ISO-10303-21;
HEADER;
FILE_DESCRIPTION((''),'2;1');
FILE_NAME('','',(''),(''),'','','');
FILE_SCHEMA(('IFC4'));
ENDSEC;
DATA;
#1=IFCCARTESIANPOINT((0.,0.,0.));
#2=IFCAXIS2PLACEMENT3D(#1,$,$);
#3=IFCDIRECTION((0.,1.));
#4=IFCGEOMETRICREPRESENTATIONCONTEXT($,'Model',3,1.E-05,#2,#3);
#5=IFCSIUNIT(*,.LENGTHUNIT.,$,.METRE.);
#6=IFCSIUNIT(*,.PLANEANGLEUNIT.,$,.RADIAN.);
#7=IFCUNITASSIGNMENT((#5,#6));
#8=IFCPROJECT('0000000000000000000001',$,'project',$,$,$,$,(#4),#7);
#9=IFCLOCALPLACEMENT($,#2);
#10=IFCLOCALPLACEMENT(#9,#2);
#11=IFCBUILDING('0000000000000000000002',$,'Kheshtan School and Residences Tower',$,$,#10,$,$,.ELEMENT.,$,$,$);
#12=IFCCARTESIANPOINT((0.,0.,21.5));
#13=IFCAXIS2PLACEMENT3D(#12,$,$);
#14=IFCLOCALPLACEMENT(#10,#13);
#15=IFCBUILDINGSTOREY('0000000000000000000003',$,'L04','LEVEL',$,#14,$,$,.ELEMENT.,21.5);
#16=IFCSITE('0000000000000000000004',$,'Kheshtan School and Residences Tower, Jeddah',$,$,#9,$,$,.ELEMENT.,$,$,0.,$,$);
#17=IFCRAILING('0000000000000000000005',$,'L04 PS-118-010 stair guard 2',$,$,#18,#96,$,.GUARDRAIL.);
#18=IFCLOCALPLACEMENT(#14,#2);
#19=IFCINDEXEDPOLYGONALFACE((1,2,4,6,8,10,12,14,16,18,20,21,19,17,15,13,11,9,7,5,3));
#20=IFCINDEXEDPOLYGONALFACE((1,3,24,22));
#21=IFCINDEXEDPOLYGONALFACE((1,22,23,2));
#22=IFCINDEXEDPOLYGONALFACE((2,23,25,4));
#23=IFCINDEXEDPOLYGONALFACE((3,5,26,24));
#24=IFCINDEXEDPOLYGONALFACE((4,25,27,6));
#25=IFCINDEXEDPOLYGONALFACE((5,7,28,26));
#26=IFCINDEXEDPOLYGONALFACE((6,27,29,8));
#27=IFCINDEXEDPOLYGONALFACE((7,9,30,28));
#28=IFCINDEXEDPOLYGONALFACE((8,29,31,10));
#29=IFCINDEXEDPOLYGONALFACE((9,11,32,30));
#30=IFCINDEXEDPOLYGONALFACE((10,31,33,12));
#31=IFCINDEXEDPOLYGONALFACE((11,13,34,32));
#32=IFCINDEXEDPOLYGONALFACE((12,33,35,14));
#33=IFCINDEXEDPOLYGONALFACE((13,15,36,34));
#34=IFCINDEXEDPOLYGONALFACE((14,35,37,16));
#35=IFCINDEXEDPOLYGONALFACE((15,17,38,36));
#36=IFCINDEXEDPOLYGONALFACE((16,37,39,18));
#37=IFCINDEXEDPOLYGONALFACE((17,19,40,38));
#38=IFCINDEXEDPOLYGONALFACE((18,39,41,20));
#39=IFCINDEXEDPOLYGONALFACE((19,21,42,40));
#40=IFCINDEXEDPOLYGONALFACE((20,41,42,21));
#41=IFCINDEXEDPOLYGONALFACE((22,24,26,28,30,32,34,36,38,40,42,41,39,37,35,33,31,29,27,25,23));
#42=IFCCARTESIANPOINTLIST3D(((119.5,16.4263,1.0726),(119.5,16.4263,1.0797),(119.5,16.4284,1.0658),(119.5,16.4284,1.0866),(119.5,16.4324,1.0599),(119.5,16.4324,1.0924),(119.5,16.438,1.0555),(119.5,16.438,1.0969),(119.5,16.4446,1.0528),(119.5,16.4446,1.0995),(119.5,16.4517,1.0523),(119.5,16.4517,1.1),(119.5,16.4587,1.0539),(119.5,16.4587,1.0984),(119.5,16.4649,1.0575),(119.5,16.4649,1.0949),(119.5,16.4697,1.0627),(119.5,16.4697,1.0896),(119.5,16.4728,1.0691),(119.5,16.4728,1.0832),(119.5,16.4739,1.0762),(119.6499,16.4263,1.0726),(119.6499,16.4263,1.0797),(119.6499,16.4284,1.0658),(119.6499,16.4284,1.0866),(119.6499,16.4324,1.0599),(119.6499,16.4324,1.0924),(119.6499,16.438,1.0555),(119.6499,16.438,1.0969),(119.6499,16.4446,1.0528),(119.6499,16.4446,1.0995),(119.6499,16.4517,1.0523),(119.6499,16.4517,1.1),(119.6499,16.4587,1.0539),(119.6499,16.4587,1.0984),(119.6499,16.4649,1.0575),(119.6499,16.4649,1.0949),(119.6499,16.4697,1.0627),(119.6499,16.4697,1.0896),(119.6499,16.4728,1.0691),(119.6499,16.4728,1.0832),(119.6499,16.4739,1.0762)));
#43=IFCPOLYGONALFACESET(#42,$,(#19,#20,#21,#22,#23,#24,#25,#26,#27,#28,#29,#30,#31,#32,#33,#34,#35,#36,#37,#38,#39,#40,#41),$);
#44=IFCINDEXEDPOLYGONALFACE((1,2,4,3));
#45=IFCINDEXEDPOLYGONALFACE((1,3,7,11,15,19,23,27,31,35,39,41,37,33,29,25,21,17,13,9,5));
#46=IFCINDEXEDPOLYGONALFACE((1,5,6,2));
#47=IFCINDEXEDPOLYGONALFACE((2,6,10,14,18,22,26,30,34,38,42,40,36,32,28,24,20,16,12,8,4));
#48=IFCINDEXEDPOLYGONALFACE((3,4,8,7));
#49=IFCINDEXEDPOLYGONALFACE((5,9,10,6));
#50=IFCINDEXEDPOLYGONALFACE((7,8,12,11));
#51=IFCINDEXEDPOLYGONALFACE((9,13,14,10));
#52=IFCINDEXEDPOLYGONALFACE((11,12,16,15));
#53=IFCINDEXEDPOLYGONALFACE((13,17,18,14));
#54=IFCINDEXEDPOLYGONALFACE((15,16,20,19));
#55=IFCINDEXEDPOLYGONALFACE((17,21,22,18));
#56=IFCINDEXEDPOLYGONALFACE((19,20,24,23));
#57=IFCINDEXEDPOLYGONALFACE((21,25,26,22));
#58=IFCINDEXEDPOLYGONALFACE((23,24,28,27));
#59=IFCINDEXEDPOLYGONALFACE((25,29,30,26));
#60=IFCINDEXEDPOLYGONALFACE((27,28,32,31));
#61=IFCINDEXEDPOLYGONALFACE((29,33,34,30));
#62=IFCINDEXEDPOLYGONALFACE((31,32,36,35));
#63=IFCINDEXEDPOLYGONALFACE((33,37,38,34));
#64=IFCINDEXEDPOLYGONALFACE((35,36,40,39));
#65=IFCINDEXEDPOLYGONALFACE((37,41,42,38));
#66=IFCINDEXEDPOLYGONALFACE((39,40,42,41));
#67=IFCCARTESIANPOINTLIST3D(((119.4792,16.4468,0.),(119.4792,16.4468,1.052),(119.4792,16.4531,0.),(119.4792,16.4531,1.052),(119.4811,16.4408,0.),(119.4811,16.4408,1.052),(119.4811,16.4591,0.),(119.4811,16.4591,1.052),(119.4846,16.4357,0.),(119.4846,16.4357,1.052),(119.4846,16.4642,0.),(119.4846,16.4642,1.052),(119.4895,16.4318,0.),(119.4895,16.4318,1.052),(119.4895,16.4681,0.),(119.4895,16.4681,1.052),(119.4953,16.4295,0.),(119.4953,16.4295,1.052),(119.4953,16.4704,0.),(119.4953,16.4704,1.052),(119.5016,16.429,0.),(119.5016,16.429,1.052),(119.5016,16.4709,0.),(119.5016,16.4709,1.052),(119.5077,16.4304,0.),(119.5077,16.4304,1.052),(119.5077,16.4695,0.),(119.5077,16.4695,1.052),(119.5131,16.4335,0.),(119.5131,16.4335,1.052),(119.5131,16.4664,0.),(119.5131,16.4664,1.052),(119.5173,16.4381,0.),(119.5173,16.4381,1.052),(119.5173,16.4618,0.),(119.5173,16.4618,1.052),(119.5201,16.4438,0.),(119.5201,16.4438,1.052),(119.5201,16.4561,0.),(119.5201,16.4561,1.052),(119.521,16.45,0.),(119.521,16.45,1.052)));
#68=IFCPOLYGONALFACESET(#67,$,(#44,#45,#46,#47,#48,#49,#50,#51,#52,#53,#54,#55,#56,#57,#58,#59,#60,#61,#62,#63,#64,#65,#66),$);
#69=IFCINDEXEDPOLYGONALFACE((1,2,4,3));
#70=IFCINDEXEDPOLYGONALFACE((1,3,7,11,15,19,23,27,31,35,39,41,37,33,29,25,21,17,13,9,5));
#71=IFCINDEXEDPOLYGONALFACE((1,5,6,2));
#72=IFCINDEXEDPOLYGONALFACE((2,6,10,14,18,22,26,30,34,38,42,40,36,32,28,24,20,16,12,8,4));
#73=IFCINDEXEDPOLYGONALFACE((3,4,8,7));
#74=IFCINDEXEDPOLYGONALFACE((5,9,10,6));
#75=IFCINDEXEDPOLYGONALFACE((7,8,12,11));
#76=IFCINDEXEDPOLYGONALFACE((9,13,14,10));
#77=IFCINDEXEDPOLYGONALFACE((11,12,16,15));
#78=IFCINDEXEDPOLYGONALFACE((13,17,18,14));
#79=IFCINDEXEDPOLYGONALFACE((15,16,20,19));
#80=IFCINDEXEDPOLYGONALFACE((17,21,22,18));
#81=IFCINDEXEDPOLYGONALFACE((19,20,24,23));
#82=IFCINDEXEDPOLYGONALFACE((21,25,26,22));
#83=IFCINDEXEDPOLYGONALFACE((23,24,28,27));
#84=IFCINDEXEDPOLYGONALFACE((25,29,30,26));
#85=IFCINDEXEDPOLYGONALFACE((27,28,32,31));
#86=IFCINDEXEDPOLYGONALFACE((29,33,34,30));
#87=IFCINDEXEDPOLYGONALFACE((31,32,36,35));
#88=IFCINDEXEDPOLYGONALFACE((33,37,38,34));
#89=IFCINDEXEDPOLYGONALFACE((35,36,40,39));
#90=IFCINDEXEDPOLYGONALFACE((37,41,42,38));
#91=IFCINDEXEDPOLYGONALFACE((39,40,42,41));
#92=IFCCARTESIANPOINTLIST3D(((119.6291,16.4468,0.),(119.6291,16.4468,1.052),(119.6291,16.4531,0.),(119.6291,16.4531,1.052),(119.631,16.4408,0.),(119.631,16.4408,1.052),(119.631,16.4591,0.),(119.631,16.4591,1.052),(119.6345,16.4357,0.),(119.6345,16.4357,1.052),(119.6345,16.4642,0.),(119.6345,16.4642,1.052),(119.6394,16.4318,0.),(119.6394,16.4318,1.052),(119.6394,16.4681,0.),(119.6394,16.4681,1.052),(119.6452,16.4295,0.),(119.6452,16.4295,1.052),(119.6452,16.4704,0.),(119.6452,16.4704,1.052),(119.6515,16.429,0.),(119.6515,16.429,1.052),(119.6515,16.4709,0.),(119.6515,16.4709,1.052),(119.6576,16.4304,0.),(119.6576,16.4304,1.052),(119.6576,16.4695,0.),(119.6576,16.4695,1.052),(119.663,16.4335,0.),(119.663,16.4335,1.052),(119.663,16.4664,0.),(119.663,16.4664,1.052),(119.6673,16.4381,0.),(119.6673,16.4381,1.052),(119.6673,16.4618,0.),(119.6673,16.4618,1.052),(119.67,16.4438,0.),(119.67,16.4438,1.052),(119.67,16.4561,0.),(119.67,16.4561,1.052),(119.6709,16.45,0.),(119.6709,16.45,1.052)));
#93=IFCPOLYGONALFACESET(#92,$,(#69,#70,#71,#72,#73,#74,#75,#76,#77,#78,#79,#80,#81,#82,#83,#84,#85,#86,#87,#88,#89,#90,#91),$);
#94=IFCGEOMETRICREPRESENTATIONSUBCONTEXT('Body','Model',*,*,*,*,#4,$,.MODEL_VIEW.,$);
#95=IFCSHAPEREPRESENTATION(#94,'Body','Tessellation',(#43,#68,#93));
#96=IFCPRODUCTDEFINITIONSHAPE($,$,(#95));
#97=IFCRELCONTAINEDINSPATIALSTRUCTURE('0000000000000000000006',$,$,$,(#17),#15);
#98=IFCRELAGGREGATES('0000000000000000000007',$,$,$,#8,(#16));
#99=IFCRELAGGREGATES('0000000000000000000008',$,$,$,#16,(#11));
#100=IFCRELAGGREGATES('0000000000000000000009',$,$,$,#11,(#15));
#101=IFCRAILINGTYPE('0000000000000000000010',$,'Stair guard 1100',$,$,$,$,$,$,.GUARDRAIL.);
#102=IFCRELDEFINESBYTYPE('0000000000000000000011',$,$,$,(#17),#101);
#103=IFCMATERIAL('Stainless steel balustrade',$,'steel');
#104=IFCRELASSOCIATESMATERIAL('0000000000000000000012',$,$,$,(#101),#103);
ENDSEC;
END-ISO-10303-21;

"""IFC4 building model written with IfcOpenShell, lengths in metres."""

from ifc_helpers import new_model, si_unit, direction, frame, origin, origin_2d, place, context, subcontext, project, spatial, circle, extrude, material, type_object, element, save


model = new_model("IFC4")

# Units and contexts
model_context = context("Model", 3, precision=1e-05, world=origin(), true_north=direction((0.0, 1.0)))
body_context = subcontext(model_context, "Body", "Model", "MODEL_VIEW")
ifc_project = project(units=[si_unit("LENGTHUNIT", "METRE"), si_unit("PLANEANGLEUNIT", "RADIAN")], contexts=[model_context])

# Site, building, storey
site_placement = place(None, origin())
site = spatial("IfcSite", under=ifc_project, at=site_placement, Name="Kheshtan School and Residences Tower, Jeddah", CompositionType="ELEMENT", RefElevation=0.0)
building_placement = place(site_placement, origin())
building = spatial("IfcBuilding", under=site, at=building_placement, Name="Kheshtan School and Residences Tower", CompositionType="ELEMENT")
storey_placement = place(building_placement, frame((0.0, 0.0, 21.5)))
storey = spatial("IfcBuildingStorey", under=building, at=storey_placement, Name="L04", Description="LEVEL", CompositionType="ELEMENT", Elevation=21.5)

# Railing
ifc_material_1 = material(Name="Stainless steel balustrade", Category="steel")
railing_type_1 = type_object("IfcRailingType", Name="Stair guard 1100", PredefinedType="GUARDRAIL", material=ifc_material_1)
railing_1_placement = place(storey_placement, frame((119.5, 16.45, 0.0)))
element("IfcRailing", 1, at=railing_1_placement, inside=storey, type_object=railing_type_1, Name="L04 PS-118-010 stair guard 2", PredefinedType="GUARDRAIL", context=body_context, shape_type="SweptSolid", body=[
    extrude(circle(Radius=0.0239, at=origin_2d()), frame((0.0, 0.0, 1.0762), z_axis=(1.0, 0.0, 0.0), x_axis=(0.0, 1.0, 0.0)), (0.0, 0.0, 1.0), 0.1499),
    extrude(circle(Radius=0.021, at=origin_2d()), origin(), (0.0, 0.0, 1.0), 1.052),
    extrude(circle(Radius=0.021, at=origin_2d()), frame((0.1499, 0.0, 0.0)), (0.0, 0.0, 1.0), 1.052),
])

save(model, "model.ifc")
